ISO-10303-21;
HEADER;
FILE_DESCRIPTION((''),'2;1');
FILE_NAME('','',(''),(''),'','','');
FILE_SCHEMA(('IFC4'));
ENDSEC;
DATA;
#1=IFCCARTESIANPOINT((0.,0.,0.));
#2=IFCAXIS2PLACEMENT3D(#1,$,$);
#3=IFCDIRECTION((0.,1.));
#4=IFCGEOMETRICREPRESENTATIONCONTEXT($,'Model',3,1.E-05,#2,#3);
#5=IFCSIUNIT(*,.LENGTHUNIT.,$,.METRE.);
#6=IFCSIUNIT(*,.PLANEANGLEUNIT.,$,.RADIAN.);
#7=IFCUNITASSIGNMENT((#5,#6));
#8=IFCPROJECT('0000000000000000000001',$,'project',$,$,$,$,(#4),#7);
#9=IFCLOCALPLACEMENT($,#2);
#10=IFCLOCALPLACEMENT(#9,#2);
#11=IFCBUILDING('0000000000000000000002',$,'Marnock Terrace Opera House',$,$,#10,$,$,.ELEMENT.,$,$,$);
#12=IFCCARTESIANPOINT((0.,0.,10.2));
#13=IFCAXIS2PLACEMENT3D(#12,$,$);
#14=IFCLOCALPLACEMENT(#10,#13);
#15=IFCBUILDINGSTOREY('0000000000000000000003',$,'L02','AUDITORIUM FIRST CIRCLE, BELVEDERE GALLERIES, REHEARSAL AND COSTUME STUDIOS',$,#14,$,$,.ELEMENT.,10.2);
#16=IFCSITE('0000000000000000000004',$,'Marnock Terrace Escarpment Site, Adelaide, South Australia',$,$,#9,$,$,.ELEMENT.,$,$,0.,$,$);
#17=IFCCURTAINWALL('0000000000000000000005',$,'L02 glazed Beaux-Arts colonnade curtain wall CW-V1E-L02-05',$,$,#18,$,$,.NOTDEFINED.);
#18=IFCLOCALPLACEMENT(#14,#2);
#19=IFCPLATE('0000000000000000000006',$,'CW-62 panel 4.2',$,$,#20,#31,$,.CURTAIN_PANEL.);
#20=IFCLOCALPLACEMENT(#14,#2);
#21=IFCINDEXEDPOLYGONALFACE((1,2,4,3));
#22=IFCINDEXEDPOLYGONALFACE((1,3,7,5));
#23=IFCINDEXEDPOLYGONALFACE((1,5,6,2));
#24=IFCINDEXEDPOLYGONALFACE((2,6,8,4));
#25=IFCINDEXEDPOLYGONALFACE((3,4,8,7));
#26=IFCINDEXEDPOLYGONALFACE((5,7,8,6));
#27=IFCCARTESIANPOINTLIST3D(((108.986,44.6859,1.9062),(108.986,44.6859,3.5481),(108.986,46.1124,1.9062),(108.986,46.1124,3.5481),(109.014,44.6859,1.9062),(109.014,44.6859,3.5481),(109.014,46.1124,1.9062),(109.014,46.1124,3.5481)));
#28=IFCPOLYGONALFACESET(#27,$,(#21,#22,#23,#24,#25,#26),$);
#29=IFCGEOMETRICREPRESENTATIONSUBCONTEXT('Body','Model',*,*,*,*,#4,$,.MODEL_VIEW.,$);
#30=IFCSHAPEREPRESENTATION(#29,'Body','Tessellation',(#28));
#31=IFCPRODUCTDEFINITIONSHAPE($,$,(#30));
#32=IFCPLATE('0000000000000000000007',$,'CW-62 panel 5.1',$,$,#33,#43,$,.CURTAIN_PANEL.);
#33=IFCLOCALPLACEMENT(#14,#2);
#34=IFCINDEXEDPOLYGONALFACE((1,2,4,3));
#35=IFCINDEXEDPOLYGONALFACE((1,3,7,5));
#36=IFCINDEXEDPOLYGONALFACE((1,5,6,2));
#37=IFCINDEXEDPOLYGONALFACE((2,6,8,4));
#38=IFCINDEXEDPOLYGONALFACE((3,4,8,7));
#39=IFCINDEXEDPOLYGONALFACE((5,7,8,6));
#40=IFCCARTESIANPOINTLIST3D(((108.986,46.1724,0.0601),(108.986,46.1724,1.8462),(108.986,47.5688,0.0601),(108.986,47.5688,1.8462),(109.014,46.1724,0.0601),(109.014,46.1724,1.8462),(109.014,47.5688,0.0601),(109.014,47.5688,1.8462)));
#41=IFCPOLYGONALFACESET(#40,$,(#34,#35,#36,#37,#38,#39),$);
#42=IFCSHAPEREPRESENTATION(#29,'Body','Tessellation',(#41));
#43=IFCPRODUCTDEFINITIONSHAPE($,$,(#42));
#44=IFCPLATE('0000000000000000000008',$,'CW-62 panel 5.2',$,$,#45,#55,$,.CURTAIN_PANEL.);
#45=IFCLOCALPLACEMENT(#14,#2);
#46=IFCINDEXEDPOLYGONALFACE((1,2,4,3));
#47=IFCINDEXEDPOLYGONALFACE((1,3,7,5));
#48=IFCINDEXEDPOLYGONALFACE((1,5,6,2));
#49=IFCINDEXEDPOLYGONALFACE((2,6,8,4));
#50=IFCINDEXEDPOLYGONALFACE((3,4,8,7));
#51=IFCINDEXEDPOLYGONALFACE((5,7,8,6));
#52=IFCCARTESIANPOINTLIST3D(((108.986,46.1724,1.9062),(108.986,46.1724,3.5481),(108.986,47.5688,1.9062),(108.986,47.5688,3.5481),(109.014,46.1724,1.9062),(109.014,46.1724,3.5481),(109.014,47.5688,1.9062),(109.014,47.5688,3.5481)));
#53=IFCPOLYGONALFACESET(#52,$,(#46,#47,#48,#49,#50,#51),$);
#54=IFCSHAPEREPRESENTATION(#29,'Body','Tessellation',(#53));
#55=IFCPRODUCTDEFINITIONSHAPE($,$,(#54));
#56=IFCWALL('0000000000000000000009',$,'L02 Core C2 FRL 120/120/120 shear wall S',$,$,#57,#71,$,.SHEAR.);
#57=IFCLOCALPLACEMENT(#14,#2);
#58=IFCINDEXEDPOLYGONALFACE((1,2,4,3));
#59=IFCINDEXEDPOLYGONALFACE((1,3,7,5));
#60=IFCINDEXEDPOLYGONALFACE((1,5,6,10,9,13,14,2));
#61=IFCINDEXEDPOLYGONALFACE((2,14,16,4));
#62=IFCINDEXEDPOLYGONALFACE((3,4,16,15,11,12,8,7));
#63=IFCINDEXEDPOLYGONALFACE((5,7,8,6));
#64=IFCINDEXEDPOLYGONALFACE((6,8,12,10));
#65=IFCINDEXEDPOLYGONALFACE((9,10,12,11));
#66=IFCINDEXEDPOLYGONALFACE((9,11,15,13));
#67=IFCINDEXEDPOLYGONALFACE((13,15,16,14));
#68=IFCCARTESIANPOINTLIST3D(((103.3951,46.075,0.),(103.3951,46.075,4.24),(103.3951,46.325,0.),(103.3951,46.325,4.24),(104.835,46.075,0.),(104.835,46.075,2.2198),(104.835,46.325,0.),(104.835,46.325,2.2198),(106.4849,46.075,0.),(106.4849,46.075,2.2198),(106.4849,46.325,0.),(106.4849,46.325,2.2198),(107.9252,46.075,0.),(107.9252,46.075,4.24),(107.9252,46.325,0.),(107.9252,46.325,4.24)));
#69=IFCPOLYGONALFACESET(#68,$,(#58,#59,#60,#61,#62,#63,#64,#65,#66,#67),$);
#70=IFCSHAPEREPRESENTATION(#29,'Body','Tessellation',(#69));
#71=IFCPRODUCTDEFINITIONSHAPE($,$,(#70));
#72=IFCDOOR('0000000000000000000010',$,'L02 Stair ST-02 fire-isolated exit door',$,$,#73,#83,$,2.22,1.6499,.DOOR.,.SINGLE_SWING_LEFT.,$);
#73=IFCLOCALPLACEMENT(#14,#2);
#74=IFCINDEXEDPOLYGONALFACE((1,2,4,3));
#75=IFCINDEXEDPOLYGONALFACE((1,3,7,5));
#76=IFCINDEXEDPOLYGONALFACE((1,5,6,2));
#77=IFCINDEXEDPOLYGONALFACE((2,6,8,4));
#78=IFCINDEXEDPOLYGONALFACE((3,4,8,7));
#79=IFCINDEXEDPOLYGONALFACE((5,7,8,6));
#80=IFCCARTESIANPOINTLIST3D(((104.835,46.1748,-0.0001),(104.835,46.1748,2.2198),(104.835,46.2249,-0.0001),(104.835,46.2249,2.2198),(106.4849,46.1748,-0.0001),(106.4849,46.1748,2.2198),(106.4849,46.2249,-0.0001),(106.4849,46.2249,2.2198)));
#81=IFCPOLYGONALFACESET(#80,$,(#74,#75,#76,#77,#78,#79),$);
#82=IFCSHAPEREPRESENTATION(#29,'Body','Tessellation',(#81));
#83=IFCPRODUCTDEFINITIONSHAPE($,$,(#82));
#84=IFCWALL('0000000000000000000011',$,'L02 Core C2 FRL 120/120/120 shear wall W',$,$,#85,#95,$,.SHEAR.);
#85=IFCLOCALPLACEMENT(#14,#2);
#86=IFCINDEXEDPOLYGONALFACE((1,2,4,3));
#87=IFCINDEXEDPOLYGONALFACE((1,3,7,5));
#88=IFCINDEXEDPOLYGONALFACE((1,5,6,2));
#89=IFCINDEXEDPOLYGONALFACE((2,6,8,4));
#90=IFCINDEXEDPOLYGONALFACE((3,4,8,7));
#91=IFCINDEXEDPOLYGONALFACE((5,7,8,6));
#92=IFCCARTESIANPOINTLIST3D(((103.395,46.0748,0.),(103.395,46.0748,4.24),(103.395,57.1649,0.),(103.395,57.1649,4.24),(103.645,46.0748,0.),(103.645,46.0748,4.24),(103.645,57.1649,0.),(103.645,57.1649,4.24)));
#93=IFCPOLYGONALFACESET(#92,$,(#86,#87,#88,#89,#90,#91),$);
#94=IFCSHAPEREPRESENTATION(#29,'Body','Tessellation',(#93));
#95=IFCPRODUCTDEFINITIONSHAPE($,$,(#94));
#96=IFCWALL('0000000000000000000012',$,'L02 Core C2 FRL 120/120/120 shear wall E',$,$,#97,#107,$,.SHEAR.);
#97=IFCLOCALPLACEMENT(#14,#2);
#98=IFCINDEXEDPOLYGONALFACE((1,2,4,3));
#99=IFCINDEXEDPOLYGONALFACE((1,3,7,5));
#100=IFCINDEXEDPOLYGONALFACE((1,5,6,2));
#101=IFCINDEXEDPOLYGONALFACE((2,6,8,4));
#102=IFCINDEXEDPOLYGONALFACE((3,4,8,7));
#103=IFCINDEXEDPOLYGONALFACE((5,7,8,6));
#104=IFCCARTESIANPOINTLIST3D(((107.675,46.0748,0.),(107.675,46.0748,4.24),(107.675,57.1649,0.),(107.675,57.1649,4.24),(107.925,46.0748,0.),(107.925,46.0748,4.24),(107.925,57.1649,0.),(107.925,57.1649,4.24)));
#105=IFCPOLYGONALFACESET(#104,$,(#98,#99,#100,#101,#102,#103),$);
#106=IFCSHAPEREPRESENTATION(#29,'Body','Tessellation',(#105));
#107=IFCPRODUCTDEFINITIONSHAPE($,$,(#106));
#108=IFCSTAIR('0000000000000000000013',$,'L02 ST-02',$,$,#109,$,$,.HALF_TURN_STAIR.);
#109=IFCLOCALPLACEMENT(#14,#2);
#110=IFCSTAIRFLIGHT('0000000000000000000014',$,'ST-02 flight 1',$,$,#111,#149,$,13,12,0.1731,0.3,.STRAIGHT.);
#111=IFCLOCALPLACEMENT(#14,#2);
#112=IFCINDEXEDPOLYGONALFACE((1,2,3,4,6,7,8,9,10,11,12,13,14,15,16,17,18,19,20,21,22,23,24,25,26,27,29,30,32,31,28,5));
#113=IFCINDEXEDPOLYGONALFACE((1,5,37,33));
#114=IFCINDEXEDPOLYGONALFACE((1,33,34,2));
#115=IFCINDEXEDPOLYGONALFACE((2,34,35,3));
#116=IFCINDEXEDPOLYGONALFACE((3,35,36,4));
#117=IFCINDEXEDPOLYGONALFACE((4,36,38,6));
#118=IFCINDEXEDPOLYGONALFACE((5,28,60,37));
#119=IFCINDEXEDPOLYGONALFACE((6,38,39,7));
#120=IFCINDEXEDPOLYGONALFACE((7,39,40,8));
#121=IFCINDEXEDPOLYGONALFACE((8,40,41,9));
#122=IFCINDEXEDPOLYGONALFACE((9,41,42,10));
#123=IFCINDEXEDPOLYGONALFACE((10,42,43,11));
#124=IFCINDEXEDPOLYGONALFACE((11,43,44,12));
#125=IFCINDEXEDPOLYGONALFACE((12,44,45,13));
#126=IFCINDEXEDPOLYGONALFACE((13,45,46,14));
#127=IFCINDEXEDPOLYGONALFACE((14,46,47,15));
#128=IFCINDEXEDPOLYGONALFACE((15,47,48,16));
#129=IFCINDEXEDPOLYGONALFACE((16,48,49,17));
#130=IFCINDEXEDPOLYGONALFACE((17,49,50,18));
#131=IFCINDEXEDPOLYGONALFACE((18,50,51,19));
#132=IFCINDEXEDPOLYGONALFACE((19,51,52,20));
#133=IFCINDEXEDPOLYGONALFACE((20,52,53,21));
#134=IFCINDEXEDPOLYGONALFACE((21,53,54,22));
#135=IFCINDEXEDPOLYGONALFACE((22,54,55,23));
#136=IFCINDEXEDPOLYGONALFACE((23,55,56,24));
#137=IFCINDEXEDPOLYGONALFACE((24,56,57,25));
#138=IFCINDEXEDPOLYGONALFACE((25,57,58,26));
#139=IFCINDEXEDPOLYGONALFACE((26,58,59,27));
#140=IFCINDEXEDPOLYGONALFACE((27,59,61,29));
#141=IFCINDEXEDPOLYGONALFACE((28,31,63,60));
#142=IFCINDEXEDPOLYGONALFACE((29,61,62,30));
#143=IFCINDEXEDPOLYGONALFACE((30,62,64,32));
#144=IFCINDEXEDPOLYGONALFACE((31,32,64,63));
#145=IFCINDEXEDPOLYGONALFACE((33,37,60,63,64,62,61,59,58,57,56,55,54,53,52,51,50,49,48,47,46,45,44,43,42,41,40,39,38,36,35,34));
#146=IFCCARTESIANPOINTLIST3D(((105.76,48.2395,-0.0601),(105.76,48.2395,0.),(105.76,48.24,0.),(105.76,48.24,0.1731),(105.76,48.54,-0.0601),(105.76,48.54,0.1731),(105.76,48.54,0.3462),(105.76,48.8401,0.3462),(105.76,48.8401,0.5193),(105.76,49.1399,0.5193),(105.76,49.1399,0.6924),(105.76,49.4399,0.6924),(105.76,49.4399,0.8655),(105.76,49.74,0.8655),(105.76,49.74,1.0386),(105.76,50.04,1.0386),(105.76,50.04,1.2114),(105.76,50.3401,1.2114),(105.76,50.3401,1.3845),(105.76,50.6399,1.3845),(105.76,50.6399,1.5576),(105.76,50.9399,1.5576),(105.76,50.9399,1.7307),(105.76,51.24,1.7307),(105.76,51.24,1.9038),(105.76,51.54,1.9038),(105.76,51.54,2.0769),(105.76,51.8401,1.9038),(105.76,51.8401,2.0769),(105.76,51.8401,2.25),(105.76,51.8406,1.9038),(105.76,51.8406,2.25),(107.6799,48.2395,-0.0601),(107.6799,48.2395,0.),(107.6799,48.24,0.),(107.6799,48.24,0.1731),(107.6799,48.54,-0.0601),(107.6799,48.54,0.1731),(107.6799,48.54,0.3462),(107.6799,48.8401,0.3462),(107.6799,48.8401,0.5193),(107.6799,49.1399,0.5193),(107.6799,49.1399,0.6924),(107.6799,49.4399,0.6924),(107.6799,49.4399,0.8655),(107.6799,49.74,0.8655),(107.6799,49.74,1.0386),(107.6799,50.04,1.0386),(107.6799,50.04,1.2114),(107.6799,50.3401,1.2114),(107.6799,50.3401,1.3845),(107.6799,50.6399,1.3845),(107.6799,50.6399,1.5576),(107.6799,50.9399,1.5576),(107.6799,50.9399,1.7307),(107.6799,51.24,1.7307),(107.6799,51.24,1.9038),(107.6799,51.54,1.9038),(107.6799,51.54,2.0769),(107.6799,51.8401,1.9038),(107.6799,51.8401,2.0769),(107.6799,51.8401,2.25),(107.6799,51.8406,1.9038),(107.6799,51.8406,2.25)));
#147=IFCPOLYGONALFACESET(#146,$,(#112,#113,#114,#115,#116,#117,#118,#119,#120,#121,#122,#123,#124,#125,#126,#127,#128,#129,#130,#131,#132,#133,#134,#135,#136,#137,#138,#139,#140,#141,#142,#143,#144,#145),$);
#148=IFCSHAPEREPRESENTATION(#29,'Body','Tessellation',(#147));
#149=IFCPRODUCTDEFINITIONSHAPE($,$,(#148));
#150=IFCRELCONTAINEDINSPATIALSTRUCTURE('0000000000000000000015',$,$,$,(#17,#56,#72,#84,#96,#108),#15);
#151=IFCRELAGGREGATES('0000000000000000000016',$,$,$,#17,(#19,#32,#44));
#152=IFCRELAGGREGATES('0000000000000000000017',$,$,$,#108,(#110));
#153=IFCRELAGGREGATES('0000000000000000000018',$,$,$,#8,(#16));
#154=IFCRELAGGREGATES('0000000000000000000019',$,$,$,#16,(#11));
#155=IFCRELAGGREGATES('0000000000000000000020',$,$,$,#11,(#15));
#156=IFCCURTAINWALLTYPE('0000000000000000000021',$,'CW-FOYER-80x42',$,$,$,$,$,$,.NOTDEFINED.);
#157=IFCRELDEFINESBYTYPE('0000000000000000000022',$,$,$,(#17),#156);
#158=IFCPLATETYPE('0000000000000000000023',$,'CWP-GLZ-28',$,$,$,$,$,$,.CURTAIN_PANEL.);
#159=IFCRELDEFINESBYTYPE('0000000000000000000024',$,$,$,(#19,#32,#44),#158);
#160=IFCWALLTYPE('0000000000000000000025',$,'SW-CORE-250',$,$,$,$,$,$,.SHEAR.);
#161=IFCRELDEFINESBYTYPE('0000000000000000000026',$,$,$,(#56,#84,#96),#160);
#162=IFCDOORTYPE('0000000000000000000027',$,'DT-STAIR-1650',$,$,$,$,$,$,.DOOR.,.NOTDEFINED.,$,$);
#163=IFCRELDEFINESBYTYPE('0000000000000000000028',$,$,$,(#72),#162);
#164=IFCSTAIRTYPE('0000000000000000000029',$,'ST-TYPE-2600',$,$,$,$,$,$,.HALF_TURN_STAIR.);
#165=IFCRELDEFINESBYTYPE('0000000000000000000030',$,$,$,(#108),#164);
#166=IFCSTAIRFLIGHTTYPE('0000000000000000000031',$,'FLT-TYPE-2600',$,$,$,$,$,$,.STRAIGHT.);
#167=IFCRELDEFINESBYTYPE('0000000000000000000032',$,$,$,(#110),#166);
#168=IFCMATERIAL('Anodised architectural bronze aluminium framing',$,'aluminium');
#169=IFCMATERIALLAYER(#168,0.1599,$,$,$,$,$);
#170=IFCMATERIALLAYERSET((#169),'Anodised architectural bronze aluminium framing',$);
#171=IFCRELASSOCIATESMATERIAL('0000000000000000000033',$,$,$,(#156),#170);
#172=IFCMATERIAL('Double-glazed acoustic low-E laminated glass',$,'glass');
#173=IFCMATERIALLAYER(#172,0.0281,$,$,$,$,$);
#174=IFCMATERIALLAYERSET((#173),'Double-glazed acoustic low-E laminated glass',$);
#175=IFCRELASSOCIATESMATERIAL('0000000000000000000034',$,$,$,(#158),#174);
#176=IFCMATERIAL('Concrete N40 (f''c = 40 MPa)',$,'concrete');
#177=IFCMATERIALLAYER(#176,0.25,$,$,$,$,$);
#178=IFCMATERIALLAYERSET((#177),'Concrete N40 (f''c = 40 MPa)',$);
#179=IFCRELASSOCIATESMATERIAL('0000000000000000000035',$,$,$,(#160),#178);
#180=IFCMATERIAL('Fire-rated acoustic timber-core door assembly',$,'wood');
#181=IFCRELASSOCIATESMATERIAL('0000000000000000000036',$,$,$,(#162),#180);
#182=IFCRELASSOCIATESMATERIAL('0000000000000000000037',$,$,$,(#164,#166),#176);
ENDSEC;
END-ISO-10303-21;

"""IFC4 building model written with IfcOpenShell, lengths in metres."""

from ifc_helpers import new_model, si_unit, direction, frame, frame_2d, origin, origin_2d, place, context, subcontext, project, spatial, polyline, rectangle, outline, extrude, material, layer, layer_set, type_object, element, fill, aggregate, save


model = new_model("IFC4")

# Units and contexts
model_context = context("Model", 3, precision=1e-05, world=origin(), true_north=direction((0.0, 1.0)))
body_context = subcontext(model_context, "Body", "Model", "MODEL_VIEW")
ifc_project = project(units=[si_unit("LENGTHUNIT", "METRE"), si_unit("PLANEANGLEUNIT", "RADIAN")], contexts=[model_context])

# Site, building, storey
site_placement = place(None, origin())
site = spatial("IfcSite", under=ifc_project, at=site_placement, Name="Marnock Terrace Escarpment Site, Adelaide, South Australia", CompositionType="ELEMENT", RefElevation=0.0)
building_placement = place(site_placement, origin())
building = spatial("IfcBuilding", under=site, at=building_placement, Name="Marnock Terrace Opera House", CompositionType="ELEMENT")
storey_placement = place(building_placement, frame((0.0, 0.0, 10.2)))
storey = spatial("IfcBuildingStorey", under=building, at=storey_placement, Name="L02", Description="AUDITORIUM FIRST CIRCLE, BELVEDERE GALLERIES, REHEARSAL AND COSTUME STUDIOS", CompositionType="ELEMENT", Elevation=10.2)

# Shared definitions
ifc_material_1 = material(Name="Concrete N40 (f'c = 40 MPa)", Category="concrete")

# Curtain wall
ifc_material_2 = material(Name="Anodised architectural bronze aluminium framing", Category="aluminium")
ifc_layer_1 = layer(ifc_material_2, 0.1599)
ifc_layer_set_1 = layer_set([ifc_layer_1], Name="Anodised architectural bronze aluminium framing")
curtain_wall_type_1 = type_object("IfcCurtainWallType", Name="CW-FOYER-80x42", PredefinedType="NOTDEFINED", material=ifc_layer_set_1)
curtain_wall_1_placement = place(storey_placement, origin())
curtain_wall_1 = element("IfcCurtainWall", 1, at=curtain_wall_1_placement, inside=storey, type_object=curtain_wall_type_1, Name="L02 glazed Beaux-Arts colonnade curtain wall CW-V1E-L02-05", PredefinedType="NOTDEFINED")

# Plates
ifc_material_3 = material(Name="Double-glazed acoustic low-E laminated glass", Category="glass")
ifc_layer_2 = layer(ifc_material_3, 0.0281)
ifc_layer_set_2 = layer_set([ifc_layer_2], Name="Double-glazed acoustic low-E laminated glass")
plate_type = type_object("IfcPlateType", Name="CWP-GLZ-28", PredefinedType="CURTAIN_PANEL", material=ifc_layer_set_2)
plate_1_placement = place(storey_placement, frame((109.0, 45.3992, 1.9062), z_axis=(0.0, 0.0, 1.0), x_axis=(0.0, 1.0, 0.0)))
plate_1 = element("IfcPlate", 2, at=plate_1_placement, type_object=plate_type, Name="CW-62 panel 4.2", PredefinedType="CURTAIN_PANEL", context=body_context, shape_type="SweptSolid", body=[
    extrude(rectangle(XDim=1.4265, YDim=0.0281, at=origin_2d()), origin(), (0.0, 0.0, 1.0), 1.6418),
])
plate_2_placement = place(storey_placement, frame((109.0, 46.8706, 0.0601), z_axis=(0.0, 0.0, 1.0), x_axis=(0.0, 1.0, 0.0)))
plate_2 = element("IfcPlate", 3, at=plate_2_placement, type_object=plate_type, Name="CW-62 panel 5.1", PredefinedType="CURTAIN_PANEL", context=body_context, shape_type="SweptSolid", body=[
    extrude(rectangle(XDim=1.3965, YDim=0.0281, at=origin_2d()), origin(), (0.0, 0.0, 1.0), 1.7861),
])
plate_3_placement = place(storey_placement, frame((109.0, 46.8706, 1.9062), z_axis=(0.0, 0.0, 1.0), x_axis=(0.0, 1.0, 0.0)))
plate_3 = element("IfcPlate", 4, at=plate_3_placement, type_object=plate_type, Name="CW-62 panel 5.2", PredefinedType="CURTAIN_PANEL", context=body_context, shape_type="SweptSolid", body=[
    extrude(rectangle(XDim=1.3965, YDim=0.0281, at=origin_2d()), origin(), (0.0, 0.0, 1.0), 1.6418),
])
aggregate(curtain_wall_1, [plate_1, plate_2, plate_3])

# Wall, opening, door
ifc_layer_3 = layer(ifc_material_1, 0.25)
ifc_layer_set_3 = layer_set([ifc_layer_3], Name="Concrete N40 (f'c = 40 MPa)")
wall_type = type_object("IfcWallType", Name="SW-CORE-250", PredefinedType="SHEAR", material=ifc_layer_set_3)
wall_placement = place(storey_placement, frame((103.395, 46.2, 0.0), z_axis=(0.0, 0.0, 1.0), x_axis=(1.0, 0.0, 0.0)))
wall = element("IfcWall", 5, at=wall_placement, inside=storey, type_object=wall_type, Name="L02 Core C2 FRL 120/120/120 shear wall S", PredefinedType="SHEAR", context=body_context, shape_type="SweptSolid", body=[
    extrude(rectangle(XDim=4.53, YDim=0.25, at=frame_2d((2.2651, 0.0))), origin(), (0.0, 0.0, 1.0), 4.24),
])
opening_placement = place(wall_placement, frame((1.4399, 0.0, 0.0)))
opening = element("IfcOpeningElement", 6, at=opening_placement, cuts=wall, PredefinedType="OPENING", context=body_context, shape_type="SweptSolid", body=[
    extrude(rectangle(XDim=1.6499, YDim=2.22, at=frame_2d((0.825, 1.1099))), frame((0.0, 0.135, 0.0), z_axis=(0.0, -1.0, 0.0), x_axis=(1.0, 0.0, 0.0)), (0.0, 0.0, 1.0), 0.27),
])
ifc_material_4 = material(Name="Fire-rated acoustic timber-core door assembly", Category="wood")
door_type = type_object("IfcDoorType", Name="DT-STAIR-1650", OperationType="NOTDEFINED", PredefinedType="DOOR", material=ifc_material_4)
door_placement = place(opening_placement, origin())
door = element("IfcDoor", 7, at=door_placement, inside=storey, type_object=door_type, Name="L02 Stair ST-02 fire-isolated exit door", OperationType="SINGLE_SWING_LEFT", OverallHeight=2.22, OverallWidth=1.6499, PredefinedType="DOOR", context=body_context, shape_type="SweptSolid", body=[
    extrude(rectangle(XDim=1.6499, YDim=2.22, at=frame_2d((0.825, 1.1099))), frame((0.0, 0.0249, 0.0), z_axis=(0.0, -1.0, 0.0), x_axis=(1.0, 0.0, 0.0)), (0.0, 0.0, 1.0), 0.05),
])
fill(opening, door)

# Walls
for number, where, z_axis, x_axis, name in (
    (8, (103.52, 46.075, 0.0), (0.0, 0.0, 1.0), (0.0, 1.0, 0.0), "L02 Core C2 FRL 120/120/120 shear wall W"),
    (9, (107.8, 46.075, 0.0), (0.0, 0.0, 1.0), (0.0, 1.0, 0.0), "L02 Core C2 FRL 120/120/120 shear wall E"),
):
    element("IfcWall", number, at=place(storey_placement, frame(where, z_axis=z_axis, x_axis=x_axis)), inside=storey, type_object=wall_type, Name=name, PredefinedType="SHEAR", context=body_context, shape_type="SweptSolid", body=[
        extrude(rectangle(XDim=11.0901, YDim=0.25, at=frame_2d((5.5449, 0.0))), origin(), (0.0, 0.0, 1.0), 4.24),
    ])

# Stair, stair flight
stair_type = type_object("IfcStairType", Name="ST-TYPE-2600", PredefinedType="HALF_TURN_STAIR", material=ifc_material_1)
stair_placement = place(storey_placement, origin())
stair = element("IfcStair", 10, at=stair_placement, inside=storey, type_object=stair_type, Name="L02 ST-02", PredefinedType="HALF_TURN_STAIR")
stair_flight_type = type_object("IfcStairFlightType", Name="FLT-TYPE-2600", PredefinedType="STRAIGHT", material=ifc_material_1)
stair_flight_placement = place(storey_placement, frame((106.72, 48.24, 0.0), z_axis=(0.0, 0.0, 1.0), x_axis=(0.0, 1.0, 0.0)))
stair_flight = element("IfcStairFlight", 11, at=stair_flight_placement, type_object=stair_flight_type, Name="ST-02 flight 1", NumberOfRisers=13, NumberOfTreads=12, PredefinedType="STRAIGHT", RiserHeight=0.1731, TreadLength=0.3, context=body_context, shape_type="SweptSolid", body=[
    extrude(outline(polyline([(-0.0005, -0.0601), (-0.0005, 0.0), (0.0, 0.0), (0.0, 0.1731), (0.3, 0.1731), (0.3, 0.3462), (0.6001, 0.3462), (0.6001, 0.5193), (0.8999, 0.5193), (0.8999, 0.6924), (1.2, 0.6924), (1.2, 0.8655), (1.5, 0.8655), (1.5, 1.0386), (1.8, 1.0386), (1.8, 1.2114), (2.1001, 1.2114), (2.1001, 1.3845), (2.3999, 1.3845), (2.3999, 1.5576), (2.7, 1.5576), (2.7, 1.7307), (3.0, 1.7307), (3.0, 1.9038), (3.3, 1.9038), (3.3, 2.0769), (3.6001, 2.0769), (3.6001, 2.25), (3.6006, 2.25), (3.6006, 1.9038), (3.6001, 1.9038), (0.3, -0.0601), (-0.0005, -0.0601)])), frame((0.0, 0.96, 0.0), z_axis=(0.0, -1.0, 0.0), x_axis=(1.0, 0.0, 0.0)), (0.0, 0.0, 1.0), 1.9199),
])
aggregate(stair, [stair_flight])

save(model, "model.ifc")
